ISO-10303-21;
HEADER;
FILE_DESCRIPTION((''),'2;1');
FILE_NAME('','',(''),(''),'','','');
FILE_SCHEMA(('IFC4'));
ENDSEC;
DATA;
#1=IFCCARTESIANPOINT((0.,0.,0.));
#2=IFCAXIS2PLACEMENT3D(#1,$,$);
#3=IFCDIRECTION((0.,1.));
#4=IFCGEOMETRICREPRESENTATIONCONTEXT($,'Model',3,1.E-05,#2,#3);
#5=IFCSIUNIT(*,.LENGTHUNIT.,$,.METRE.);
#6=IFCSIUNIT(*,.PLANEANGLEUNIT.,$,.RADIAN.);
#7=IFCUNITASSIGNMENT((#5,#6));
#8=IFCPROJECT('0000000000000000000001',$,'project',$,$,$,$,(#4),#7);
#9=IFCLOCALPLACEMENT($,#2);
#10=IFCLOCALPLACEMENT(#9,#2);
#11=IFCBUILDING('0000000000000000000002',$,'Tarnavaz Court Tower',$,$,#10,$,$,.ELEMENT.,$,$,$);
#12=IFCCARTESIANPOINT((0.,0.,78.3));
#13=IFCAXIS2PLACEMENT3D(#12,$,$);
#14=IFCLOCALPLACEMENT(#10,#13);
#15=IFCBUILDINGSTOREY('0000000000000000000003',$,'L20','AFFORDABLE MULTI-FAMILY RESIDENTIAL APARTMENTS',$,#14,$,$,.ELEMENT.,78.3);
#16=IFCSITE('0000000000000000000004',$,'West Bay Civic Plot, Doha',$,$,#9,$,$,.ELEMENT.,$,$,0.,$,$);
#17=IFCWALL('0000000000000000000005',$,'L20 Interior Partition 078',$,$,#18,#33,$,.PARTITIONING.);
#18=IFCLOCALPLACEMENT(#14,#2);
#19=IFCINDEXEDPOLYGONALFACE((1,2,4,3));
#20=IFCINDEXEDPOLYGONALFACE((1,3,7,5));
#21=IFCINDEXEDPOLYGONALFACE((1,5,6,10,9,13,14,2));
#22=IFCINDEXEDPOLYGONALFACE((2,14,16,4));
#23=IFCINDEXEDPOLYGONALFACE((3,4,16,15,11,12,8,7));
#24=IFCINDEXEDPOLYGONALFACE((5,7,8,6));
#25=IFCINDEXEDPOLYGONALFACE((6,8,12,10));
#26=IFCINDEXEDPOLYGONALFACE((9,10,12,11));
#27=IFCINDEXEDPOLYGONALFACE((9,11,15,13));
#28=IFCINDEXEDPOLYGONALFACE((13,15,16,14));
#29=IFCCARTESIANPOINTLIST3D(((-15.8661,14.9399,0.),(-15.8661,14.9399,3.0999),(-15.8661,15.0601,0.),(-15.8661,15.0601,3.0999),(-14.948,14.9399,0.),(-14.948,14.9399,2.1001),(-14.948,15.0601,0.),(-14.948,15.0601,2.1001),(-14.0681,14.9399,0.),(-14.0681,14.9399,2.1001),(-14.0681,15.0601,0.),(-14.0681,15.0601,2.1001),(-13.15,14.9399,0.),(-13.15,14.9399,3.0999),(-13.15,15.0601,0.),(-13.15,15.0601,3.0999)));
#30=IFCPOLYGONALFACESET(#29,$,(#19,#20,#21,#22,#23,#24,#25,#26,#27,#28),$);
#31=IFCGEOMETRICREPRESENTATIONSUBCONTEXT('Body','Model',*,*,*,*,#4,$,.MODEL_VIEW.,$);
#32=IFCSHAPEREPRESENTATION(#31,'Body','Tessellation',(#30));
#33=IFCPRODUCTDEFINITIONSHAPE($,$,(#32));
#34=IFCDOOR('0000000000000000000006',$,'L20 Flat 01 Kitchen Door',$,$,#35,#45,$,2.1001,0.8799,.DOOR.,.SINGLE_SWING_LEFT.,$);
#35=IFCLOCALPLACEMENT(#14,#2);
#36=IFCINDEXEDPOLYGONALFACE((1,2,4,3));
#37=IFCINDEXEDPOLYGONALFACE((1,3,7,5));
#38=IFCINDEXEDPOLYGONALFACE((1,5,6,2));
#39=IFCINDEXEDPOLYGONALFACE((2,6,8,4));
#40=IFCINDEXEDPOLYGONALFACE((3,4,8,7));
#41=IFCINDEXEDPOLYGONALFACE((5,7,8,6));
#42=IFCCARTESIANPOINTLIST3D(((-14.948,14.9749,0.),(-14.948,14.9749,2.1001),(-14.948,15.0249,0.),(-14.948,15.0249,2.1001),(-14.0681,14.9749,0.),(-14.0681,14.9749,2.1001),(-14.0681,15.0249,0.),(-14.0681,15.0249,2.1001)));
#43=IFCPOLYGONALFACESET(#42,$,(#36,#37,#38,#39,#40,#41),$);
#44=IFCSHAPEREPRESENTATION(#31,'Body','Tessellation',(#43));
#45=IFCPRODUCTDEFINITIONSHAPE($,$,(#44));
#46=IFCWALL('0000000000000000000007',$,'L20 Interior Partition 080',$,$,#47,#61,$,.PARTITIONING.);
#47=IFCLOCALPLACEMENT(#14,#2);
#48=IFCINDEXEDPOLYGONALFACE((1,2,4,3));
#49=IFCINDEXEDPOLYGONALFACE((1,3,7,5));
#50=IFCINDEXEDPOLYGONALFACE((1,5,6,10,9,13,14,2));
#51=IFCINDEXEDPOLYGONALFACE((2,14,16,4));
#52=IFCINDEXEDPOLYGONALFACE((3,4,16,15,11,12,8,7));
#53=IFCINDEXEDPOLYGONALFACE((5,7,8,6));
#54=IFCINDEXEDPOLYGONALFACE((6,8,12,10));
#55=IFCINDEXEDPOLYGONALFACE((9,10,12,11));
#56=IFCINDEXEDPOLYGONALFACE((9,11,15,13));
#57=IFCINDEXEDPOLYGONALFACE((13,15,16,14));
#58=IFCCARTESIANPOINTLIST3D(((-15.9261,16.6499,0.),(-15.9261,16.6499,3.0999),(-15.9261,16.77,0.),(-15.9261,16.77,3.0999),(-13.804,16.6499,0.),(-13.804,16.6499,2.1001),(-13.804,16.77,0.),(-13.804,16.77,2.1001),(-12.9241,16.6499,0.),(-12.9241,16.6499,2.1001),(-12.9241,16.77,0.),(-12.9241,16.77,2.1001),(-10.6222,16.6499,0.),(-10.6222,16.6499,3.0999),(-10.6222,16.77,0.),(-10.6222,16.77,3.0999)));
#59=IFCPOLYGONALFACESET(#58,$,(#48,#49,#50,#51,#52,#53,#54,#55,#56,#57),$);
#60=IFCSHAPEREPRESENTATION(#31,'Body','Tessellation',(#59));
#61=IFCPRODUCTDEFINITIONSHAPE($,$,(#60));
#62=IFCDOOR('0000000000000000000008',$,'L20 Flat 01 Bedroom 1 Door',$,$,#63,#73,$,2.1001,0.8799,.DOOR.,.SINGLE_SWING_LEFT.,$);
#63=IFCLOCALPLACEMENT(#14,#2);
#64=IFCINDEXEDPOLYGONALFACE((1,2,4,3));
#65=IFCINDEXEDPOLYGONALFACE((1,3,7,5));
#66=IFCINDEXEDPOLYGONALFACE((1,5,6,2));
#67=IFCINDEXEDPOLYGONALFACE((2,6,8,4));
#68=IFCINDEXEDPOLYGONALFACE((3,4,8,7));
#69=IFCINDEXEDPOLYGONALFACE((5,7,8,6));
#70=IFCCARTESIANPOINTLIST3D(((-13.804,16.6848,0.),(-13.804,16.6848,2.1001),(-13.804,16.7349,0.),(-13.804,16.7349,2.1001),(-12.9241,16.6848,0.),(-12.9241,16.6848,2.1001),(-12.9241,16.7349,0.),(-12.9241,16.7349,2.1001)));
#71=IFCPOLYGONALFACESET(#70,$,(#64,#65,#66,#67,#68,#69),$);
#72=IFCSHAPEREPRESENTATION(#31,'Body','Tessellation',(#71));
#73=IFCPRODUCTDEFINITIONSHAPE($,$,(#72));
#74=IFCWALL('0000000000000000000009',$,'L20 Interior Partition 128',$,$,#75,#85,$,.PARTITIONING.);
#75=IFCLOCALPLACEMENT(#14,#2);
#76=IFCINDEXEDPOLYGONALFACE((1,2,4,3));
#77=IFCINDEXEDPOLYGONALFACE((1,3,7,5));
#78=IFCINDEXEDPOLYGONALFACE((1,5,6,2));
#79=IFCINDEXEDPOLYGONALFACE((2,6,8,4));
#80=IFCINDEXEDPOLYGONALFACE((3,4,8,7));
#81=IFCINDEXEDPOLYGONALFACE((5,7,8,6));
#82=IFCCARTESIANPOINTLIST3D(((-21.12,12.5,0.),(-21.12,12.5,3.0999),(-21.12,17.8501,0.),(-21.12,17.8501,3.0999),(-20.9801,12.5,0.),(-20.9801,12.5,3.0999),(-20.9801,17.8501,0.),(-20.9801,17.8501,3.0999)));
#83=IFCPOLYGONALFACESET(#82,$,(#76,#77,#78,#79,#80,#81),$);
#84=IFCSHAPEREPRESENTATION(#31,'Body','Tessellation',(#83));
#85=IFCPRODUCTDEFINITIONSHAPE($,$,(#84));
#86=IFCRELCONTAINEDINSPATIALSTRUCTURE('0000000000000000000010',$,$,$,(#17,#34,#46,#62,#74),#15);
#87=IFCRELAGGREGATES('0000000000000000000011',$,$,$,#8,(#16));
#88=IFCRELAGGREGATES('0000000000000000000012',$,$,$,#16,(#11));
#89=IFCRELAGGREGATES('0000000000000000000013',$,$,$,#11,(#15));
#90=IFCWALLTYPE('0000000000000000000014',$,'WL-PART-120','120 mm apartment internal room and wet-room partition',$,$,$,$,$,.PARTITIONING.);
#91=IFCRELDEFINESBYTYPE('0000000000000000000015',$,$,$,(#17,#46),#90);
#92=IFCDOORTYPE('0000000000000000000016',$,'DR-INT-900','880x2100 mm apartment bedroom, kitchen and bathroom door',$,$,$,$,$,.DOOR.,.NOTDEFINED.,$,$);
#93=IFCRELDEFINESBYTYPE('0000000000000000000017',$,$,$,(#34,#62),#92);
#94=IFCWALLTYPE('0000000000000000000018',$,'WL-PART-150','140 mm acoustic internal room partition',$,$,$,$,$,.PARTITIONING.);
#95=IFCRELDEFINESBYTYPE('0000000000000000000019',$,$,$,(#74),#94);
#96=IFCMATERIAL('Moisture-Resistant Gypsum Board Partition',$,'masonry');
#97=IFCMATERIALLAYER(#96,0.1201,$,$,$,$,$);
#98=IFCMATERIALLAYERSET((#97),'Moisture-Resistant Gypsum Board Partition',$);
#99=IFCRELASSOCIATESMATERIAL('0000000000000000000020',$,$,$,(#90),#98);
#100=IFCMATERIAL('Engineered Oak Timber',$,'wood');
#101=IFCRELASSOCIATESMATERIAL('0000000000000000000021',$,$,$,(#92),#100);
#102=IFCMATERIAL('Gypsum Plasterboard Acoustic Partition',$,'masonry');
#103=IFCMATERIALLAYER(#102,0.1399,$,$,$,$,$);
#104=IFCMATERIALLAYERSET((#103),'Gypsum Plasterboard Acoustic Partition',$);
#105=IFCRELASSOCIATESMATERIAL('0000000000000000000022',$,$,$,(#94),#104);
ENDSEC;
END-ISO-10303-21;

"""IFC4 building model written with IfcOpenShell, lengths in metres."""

from ifc_helpers import new_model, si_unit, direction, frame, frame_2d, origin, place, context, subcontext, project, spatial, rectangle, extrude, material, layer, layer_set, type_object, element, fill, save


model = new_model("IFC4")

# Units and contexts
model_context = context("Model", 3, precision=1e-05, world=origin(), true_north=direction((0.0, 1.0)))
body_context = subcontext(model_context, "Body", "Model", "MODEL_VIEW")
ifc_project = project(units=[si_unit("LENGTHUNIT", "METRE"), si_unit("PLANEANGLEUNIT", "RADIAN")], contexts=[model_context])

# Site, building, storey
site_placement = place(None, origin())
site = spatial("IfcSite", under=ifc_project, at=site_placement, Name="West Bay Civic Plot, Doha", CompositionType="ELEMENT", RefElevation=0.0)
building_placement = place(site_placement, origin())
building = spatial("IfcBuilding", under=site, at=building_placement, Name="Tarnavaz Court Tower", CompositionType="ELEMENT")
storey_placement = place(building_placement, frame((0.0, 0.0, 78.3)))
storey = spatial("IfcBuildingStorey", under=building, at=storey_placement, Name="L20", Description="AFFORDABLE MULTI-FAMILY RESIDENTIAL APARTMENTS", CompositionType="ELEMENT", Elevation=78.3)

# Walls, openings, doors
ifc_material_1 = material(Name="Moisture-Resistant Gypsum Board Partition", Category="masonry")
ifc_layer_1 = layer(ifc_material_1, 0.1201)
ifc_layer_set_1 = layer_set([ifc_layer_1], Name="Moisture-Resistant Gypsum Board Partition")
wall_type_1 = type_object("IfcWallType", Name="WL-PART-120", Description="120 mm apartment internal room and wet-room partition", PredefinedType="PARTITIONING", material=ifc_layer_set_1)
wall_1_placement = place(storey_placement, frame((-15.866, 15.0, 0.0), z_axis=(0.0, 0.0, 1.0), x_axis=(1.0, 0.0, 0.0)))
wall_1 = element("IfcWall", 1, at=wall_1_placement, inside=storey, type_object=wall_type_1, Name="L20 Interior Partition 078", PredefinedType="PARTITIONING", context=body_context, shape_type="SweptSolid", body=[
    extrude(rectangle(XDim=2.7161, YDim=0.1201, at=frame_2d((1.3579, 0.0))), origin(), (0.0, 0.0, 1.0), 3.0999),
])
opening_1_placement = place(wall_1_placement, frame((0.918, 0.0, 0.0)))
opening_1 = element("IfcOpeningElement", 2, at=opening_1_placement, cuts=wall_1, PredefinedType="OPENING", context=body_context, shape_type="SweptSolid", body=[
    extrude(rectangle(XDim=0.8799, YDim=2.1001, at=frame_2d((0.4399, 1.05))), frame((0.0, 0.0701, 0.0), z_axis=(0.0, -1.0, 0.0), x_axis=(1.0, 0.0, 0.0)), (0.0, 0.0, 1.0), 0.1401),
])
ifc_material_2 = material(Name="Engineered Oak Timber", Category="wood")
door_type_1 = type_object("IfcDoorType", Name="DR-INT-900", Description="880x2100 mm apartment bedroom, kitchen and bathroom door", OperationType="NOTDEFINED", PredefinedType="DOOR", material=ifc_material_2)
door_1_placement = place(opening_1_placement, origin())
door_1 = element("IfcDoor", 3, at=door_1_placement, inside=storey, type_object=door_type_1, Name="L20 Flat 01 Kitchen Door", OperationType="SINGLE_SWING_LEFT", OverallHeight=2.1001, OverallWidth=0.8799, PredefinedType="DOOR", context=body_context, shape_type="SweptSolid", body=[
    extrude(rectangle(XDim=0.8799, YDim=2.1001, at=frame_2d((0.4399, 1.05))), frame((0.0, 0.0249, 0.0), z_axis=(0.0, -1.0, 0.0), x_axis=(1.0, 0.0, 0.0)), (0.0, 0.0, 1.0), 0.05),
])
fill(opening_1, door_1)
wall_2_placement = place(storey_placement, frame((-15.926, 16.71, 0.0), z_axis=(0.0, 0.0, 1.0), x_axis=(1.0, 0.0, 0.0)))
wall_2 = element("IfcWall", 4, at=wall_2_placement, inside=storey, type_object=wall_type_1, Name="L20 Interior Partition 080", PredefinedType="PARTITIONING", context=body_context, shape_type="SweptSolid", body=[
    extrude(rectangle(XDim=5.304, YDim=0.1201, at=frame_2d((2.6519, 0.0))), origin(), (0.0, 0.0, 1.0), 3.0999),
])
opening_2_placement = place(wall_2_placement, frame((2.1221, 0.0, 0.0)))
opening_2 = element("IfcOpeningElement", 5, at=opening_2_placement, cuts=wall_2, PredefinedType="OPENING", context=body_context, shape_type="SweptSolid", body=[
    extrude(rectangle(XDim=0.8799, YDim=2.1001, at=frame_2d((0.4399, 1.05))), frame((0.0, 0.0701, 0.0), z_axis=(0.0, -1.0, 0.0), x_axis=(1.0, 0.0, 0.0)), (0.0, 0.0, 1.0), 0.1401),
])
door_2_placement = place(opening_2_placement, origin())
door_2 = element("IfcDoor", 6, at=door_2_placement, inside=storey, type_object=door_type_1, Name="L20 Flat 01 Bedroom 1 Door", OperationType="SINGLE_SWING_LEFT", OverallHeight=2.1001, OverallWidth=0.8799, PredefinedType="DOOR", context=body_context, shape_type="SweptSolid", body=[
    extrude(rectangle(XDim=0.8799, YDim=2.1001, at=frame_2d((0.4399, 1.05))), frame((0.0, 0.0249, 0.0), z_axis=(0.0, -1.0, 0.0), x_axis=(1.0, 0.0, 0.0)), (0.0, 0.0, 1.0), 0.05),
])
fill(opening_2, door_2)

# Wall
ifc_material_3 = material(Name="Gypsum Plasterboard Acoustic Partition", Category="masonry")
ifc_layer_2 = layer(ifc_material_3, 0.1399)
ifc_layer_set_2 = layer_set([ifc_layer_2], Name="Gypsum Plasterboard Acoustic Partition")
wall_type_2 = type_object("IfcWallType", Name="WL-PART-150", Description="140 mm acoustic internal room partition", PredefinedType="PARTITIONING", material=ifc_layer_set_2)
wall_3_placement = place(storey_placement, frame((-21.05, 12.5, 0.0), z_axis=(0.0, 0.0, 1.0), x_axis=(0.0, 1.0, 0.0)))
element("IfcWall", 7, at=wall_3_placement, inside=storey, type_object=wall_type_2, Name="L20 Interior Partition 128", PredefinedType="PARTITIONING", context=body_context, shape_type="SweptSolid", body=[
    extrude(rectangle(XDim=5.3501, YDim=0.1399, at=frame_2d((2.675, 0.0))), origin(), (0.0, 0.0, 1.0), 3.0999),
])

save(model, "model.ifc")
